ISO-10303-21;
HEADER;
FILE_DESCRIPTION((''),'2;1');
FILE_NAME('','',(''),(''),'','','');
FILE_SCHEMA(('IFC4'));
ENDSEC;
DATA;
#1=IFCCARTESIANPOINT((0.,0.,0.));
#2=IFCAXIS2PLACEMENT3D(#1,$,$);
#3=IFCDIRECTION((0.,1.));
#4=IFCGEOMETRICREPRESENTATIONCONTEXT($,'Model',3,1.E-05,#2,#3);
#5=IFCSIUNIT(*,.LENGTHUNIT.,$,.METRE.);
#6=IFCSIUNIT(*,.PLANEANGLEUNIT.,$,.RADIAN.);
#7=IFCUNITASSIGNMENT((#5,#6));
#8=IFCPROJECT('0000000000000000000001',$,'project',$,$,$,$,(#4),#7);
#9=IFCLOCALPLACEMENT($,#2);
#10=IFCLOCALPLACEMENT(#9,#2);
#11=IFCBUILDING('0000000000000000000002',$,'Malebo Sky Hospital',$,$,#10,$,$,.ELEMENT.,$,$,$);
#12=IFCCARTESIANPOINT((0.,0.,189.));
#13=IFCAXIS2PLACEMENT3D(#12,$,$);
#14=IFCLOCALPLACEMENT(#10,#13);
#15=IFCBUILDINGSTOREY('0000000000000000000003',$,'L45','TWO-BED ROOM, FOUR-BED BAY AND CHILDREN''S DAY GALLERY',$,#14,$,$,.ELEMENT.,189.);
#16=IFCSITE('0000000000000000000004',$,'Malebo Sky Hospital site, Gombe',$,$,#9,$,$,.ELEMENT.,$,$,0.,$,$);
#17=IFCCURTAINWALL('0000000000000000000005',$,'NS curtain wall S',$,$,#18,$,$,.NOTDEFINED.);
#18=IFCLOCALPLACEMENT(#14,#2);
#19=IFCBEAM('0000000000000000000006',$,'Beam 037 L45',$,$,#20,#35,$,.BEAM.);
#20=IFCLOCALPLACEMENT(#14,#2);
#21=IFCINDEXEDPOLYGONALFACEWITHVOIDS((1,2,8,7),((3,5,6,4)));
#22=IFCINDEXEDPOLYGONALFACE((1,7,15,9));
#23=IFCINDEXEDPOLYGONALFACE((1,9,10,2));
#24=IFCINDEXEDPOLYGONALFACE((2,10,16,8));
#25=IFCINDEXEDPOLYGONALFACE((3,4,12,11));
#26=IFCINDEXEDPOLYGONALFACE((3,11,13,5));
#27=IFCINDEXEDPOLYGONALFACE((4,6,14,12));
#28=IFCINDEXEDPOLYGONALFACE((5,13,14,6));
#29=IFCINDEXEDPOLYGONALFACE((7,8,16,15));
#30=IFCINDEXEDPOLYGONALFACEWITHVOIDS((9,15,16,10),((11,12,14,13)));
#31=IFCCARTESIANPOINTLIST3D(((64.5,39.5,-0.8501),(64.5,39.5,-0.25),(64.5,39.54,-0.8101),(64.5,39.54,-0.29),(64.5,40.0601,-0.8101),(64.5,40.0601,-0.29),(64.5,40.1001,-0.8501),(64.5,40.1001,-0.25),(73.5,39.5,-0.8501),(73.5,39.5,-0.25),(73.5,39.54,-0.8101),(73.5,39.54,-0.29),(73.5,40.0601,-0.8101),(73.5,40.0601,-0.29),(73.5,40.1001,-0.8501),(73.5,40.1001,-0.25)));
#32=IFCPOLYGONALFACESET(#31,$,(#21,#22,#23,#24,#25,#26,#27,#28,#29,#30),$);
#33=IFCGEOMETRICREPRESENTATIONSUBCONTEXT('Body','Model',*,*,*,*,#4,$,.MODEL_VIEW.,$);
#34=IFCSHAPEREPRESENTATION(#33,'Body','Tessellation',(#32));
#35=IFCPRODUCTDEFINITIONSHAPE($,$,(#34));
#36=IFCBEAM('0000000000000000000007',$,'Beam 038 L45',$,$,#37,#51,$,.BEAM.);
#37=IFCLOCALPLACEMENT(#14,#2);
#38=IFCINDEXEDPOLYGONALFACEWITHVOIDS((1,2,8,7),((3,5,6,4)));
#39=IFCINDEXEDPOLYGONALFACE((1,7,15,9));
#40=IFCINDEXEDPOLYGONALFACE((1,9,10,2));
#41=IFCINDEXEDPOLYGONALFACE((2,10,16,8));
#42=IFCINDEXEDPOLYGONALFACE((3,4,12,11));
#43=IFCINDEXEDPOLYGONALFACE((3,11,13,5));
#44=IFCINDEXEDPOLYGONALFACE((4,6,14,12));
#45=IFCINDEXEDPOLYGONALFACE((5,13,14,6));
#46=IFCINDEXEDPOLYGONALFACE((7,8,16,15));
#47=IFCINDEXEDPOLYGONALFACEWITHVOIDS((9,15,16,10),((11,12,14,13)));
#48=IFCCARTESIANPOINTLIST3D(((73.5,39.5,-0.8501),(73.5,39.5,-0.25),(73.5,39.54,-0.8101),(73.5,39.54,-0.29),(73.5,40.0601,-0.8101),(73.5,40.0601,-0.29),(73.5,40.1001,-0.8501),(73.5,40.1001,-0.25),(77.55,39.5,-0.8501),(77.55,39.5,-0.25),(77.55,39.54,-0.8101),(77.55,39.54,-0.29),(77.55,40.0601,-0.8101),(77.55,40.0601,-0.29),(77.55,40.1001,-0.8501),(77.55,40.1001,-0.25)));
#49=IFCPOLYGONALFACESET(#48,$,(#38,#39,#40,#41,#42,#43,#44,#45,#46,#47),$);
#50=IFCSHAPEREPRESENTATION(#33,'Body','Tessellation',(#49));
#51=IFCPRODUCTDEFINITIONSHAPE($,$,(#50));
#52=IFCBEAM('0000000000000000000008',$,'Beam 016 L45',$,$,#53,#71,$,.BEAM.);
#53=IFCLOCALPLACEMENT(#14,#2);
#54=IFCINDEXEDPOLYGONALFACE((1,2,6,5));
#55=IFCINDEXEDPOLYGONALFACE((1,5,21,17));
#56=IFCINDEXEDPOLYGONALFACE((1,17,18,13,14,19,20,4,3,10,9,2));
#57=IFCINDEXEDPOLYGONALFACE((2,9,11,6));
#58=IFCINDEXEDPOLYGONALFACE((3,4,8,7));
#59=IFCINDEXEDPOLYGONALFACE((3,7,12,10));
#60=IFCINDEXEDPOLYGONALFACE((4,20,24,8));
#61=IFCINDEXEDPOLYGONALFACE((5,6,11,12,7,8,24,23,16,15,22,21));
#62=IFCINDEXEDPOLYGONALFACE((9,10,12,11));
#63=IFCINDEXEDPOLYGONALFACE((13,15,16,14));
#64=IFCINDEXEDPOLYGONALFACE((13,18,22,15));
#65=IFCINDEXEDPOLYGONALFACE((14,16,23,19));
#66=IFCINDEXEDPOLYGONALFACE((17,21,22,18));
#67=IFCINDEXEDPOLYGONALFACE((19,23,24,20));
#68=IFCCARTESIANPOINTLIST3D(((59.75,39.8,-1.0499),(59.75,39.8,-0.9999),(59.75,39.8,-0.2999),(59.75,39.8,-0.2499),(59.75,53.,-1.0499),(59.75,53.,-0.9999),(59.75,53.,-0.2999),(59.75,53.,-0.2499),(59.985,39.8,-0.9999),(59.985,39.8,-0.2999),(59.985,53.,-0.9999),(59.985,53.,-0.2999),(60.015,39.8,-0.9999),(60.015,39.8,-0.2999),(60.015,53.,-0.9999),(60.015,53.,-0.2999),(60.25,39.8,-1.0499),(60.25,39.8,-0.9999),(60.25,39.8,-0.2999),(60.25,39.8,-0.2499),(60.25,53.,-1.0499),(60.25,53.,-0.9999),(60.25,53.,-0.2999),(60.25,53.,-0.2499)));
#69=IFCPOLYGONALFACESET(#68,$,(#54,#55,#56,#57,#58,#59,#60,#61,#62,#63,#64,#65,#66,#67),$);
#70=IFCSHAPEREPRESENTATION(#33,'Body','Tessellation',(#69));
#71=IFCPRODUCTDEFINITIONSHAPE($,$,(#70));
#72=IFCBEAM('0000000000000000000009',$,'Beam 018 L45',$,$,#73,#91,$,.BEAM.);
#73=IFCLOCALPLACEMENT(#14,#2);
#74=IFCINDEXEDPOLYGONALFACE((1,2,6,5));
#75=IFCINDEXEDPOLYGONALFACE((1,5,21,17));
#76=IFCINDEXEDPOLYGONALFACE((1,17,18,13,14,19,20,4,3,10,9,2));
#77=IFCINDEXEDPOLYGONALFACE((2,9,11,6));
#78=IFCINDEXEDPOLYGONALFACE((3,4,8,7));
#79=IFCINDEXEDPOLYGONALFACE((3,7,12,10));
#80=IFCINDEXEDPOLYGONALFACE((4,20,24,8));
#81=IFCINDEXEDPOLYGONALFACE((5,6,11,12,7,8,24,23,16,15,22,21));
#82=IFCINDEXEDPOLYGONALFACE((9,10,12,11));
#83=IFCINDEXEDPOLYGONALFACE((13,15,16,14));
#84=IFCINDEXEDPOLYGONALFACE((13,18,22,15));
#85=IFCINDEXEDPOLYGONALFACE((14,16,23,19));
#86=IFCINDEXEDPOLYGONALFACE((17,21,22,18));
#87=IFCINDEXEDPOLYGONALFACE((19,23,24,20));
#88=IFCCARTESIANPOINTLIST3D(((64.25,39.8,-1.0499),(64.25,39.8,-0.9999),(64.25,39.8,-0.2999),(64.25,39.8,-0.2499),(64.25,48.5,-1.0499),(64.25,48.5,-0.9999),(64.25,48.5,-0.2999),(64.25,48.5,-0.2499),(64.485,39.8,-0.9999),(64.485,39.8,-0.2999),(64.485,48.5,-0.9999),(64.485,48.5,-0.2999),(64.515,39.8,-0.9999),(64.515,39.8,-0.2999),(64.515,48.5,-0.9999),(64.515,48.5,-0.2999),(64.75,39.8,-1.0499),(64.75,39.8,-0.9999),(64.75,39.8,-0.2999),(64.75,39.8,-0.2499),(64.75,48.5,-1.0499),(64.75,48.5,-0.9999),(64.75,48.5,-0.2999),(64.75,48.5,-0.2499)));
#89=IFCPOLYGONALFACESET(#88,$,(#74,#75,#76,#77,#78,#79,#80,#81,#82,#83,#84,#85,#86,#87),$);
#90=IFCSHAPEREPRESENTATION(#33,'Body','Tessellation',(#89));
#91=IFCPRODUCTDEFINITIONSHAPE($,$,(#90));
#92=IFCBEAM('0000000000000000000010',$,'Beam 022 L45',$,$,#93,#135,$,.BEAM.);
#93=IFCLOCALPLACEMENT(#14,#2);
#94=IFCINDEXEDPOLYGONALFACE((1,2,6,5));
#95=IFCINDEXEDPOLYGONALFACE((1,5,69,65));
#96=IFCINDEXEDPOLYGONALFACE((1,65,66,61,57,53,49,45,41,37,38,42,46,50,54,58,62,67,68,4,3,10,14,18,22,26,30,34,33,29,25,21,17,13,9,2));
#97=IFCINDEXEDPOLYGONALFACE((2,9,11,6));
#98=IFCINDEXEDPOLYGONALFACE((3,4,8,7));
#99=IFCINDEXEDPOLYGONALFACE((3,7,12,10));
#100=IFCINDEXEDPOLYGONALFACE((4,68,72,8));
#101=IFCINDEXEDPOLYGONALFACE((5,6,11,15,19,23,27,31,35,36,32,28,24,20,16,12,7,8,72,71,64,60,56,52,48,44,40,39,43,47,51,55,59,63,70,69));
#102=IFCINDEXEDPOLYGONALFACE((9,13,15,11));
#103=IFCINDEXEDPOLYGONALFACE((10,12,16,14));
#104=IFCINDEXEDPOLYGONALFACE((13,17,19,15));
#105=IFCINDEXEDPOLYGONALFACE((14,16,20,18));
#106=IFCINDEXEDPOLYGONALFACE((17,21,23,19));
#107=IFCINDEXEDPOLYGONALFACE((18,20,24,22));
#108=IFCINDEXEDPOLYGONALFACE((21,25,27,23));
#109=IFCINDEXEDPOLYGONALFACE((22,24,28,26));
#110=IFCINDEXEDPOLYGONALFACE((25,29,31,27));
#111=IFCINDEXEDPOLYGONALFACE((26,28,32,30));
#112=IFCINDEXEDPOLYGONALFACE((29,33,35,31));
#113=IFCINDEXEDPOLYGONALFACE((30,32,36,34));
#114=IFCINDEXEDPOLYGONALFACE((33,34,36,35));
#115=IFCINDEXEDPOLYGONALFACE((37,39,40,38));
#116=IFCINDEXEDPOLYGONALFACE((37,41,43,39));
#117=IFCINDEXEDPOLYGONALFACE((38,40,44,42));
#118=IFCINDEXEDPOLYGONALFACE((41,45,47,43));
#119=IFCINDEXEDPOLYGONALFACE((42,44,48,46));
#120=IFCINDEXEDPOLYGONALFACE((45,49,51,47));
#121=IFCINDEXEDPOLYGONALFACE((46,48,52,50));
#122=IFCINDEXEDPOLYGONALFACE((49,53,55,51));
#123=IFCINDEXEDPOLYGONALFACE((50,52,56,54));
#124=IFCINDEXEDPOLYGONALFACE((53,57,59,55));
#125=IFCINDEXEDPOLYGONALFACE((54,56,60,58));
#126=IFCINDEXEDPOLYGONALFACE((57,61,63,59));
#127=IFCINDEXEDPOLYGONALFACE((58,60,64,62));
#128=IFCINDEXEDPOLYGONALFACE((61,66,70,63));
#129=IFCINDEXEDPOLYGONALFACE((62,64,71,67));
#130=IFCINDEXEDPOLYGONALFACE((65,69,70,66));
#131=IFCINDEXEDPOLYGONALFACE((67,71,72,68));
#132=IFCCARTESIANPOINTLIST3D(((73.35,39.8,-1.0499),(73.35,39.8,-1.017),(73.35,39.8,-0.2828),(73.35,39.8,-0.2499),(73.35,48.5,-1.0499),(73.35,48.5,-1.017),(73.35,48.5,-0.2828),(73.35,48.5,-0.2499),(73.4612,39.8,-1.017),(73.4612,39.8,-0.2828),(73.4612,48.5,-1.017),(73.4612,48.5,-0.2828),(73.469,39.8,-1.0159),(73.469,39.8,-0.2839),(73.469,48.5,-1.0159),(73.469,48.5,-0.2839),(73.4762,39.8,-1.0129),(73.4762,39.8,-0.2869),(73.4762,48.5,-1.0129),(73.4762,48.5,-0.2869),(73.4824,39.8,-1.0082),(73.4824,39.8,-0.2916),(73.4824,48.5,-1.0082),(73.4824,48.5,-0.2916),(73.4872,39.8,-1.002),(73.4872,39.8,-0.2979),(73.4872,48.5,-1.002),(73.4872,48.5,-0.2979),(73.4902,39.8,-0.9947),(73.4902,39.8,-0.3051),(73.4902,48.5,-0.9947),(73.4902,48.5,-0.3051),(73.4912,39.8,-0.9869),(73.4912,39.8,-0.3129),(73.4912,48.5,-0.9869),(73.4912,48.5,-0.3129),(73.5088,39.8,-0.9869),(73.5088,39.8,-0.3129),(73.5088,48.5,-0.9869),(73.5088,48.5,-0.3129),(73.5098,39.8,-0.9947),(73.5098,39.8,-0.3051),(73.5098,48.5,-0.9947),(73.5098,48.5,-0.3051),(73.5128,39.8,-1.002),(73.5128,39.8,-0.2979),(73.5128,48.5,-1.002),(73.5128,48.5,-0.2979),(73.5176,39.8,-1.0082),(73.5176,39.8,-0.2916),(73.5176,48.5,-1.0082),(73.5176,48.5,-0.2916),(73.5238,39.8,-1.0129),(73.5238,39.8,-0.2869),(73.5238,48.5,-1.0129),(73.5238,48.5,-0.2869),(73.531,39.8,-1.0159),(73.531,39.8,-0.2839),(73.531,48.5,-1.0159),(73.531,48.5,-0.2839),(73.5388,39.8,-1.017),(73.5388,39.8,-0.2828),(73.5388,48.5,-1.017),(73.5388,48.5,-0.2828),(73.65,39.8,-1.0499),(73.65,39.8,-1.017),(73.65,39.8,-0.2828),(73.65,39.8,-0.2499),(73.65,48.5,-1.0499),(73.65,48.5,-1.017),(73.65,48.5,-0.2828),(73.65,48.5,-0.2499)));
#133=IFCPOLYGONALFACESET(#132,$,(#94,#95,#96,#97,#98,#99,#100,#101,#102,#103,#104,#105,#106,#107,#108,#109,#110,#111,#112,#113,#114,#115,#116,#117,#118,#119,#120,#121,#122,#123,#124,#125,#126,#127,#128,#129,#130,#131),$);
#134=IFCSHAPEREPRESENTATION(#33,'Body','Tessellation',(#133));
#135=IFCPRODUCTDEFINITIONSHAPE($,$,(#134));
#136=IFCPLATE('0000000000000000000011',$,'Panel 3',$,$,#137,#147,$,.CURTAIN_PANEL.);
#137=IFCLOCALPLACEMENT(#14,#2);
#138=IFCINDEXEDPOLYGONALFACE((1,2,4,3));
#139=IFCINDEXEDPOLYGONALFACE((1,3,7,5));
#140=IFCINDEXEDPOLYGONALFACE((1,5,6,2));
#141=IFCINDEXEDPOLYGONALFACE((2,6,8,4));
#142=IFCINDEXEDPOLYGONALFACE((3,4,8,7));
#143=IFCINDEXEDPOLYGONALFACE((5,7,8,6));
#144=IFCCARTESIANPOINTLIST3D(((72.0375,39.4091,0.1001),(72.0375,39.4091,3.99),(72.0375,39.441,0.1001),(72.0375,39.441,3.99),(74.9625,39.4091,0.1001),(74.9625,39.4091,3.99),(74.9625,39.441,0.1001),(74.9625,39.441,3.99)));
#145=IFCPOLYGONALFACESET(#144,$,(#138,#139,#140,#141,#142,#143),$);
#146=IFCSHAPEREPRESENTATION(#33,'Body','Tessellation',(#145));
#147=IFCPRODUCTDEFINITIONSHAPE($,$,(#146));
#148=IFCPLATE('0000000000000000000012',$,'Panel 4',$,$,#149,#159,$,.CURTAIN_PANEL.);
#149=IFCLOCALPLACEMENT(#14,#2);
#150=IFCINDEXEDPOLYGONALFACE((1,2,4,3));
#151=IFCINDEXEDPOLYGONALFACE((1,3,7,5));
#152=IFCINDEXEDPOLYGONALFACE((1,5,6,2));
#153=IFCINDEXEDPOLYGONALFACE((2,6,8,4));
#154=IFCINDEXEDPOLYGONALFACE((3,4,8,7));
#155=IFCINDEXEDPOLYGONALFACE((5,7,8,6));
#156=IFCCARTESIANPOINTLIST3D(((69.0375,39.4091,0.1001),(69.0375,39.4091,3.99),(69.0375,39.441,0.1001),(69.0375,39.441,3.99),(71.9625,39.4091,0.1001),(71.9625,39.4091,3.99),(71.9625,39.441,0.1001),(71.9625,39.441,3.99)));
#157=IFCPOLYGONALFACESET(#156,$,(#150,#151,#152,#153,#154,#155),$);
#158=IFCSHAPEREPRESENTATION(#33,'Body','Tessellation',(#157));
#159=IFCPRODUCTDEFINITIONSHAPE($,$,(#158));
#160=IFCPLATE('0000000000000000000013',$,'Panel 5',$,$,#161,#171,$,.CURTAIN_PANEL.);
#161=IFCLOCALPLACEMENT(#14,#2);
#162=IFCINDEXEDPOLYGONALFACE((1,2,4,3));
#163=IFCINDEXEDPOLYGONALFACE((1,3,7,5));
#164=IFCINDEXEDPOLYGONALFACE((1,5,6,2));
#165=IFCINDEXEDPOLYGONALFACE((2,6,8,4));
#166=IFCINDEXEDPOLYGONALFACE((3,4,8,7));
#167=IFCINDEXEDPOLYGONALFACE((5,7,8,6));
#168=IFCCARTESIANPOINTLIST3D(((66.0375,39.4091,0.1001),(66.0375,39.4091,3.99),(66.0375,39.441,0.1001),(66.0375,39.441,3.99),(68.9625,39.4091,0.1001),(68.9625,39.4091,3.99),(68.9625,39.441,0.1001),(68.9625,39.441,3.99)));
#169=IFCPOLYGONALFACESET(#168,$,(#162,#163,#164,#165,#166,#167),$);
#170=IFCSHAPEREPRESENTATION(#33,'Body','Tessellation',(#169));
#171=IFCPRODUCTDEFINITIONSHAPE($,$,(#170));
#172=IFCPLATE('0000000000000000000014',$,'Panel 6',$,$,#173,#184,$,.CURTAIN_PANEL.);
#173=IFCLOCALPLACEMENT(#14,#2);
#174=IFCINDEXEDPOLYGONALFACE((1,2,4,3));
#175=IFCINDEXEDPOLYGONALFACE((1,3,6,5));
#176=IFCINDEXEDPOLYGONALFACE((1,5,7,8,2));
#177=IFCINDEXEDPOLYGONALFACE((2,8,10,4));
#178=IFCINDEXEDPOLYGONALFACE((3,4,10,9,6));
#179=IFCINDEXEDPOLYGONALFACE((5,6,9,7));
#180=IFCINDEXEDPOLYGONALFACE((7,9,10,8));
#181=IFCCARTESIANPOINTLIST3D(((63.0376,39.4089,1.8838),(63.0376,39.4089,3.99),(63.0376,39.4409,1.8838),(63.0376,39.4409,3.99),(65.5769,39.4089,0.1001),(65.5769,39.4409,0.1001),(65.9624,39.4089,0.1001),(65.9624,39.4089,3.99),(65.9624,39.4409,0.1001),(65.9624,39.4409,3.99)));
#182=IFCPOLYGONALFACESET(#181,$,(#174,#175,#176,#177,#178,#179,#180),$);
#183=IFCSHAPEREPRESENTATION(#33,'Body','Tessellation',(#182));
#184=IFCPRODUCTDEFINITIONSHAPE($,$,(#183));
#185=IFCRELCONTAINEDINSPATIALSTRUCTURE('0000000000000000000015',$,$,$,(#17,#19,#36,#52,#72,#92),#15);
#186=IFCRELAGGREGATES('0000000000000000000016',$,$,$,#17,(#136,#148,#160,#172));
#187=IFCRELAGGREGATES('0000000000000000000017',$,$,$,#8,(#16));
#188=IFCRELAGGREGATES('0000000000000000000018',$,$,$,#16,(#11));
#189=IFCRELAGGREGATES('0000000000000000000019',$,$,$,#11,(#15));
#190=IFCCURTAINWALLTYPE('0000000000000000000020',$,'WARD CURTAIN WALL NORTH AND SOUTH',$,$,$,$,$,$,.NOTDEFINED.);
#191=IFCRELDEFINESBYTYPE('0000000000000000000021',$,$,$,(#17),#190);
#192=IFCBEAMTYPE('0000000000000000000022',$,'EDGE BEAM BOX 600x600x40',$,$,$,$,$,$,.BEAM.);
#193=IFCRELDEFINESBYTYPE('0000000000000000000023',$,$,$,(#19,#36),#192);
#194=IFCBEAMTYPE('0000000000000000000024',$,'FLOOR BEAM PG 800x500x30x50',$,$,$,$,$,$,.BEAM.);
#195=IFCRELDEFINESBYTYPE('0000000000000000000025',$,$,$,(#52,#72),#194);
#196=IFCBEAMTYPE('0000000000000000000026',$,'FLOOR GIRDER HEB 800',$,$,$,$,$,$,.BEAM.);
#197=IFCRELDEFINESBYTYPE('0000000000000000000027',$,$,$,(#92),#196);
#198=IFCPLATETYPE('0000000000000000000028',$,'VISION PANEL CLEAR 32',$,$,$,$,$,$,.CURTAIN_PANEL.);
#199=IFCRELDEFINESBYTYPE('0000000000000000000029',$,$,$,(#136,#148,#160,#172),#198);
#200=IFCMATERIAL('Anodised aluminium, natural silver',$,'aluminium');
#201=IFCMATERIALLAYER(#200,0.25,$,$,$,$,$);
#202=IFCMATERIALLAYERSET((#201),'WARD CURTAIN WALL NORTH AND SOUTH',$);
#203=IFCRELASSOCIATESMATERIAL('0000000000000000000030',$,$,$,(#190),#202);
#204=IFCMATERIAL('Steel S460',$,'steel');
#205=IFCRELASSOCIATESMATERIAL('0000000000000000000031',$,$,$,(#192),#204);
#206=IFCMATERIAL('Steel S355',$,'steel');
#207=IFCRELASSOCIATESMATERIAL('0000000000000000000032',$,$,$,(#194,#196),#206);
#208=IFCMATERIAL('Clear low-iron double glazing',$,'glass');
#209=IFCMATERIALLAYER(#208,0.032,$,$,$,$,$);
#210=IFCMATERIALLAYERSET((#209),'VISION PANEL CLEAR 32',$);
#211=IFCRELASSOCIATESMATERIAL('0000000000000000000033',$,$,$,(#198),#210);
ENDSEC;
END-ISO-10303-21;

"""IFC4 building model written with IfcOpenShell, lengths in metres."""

from ifc_helpers import new_model, si_unit, direction, frame, origin, origin_2d, place, context, subcontext, project, spatial, polyline, rectangle, hollow_rectangle, i_section, outline, extrude, material, layer, layer_set, material_profile, profile_set, type_object, element, aggregate, save


model = new_model("IFC4")

# Units and contexts
model_context = context("Model", 3, precision=1e-05, world=origin(), true_north=direction((0.0, 1.0)))
body_context = subcontext(model_context, "Body", "Model", "MODEL_VIEW")
ifc_project = project(units=[si_unit("LENGTHUNIT", "METRE"), si_unit("PLANEANGLEUNIT", "RADIAN")], contexts=[model_context])

# Site, building, storey
site_placement = place(None, origin())
site = spatial("IfcSite", under=ifc_project, at=site_placement, Name="Malebo Sky Hospital site, Gombe", CompositionType="ELEMENT", RefElevation=0.0)
building_placement = place(site_placement, origin())
building = spatial("IfcBuilding", under=site, at=building_placement, Name="Malebo Sky Hospital", CompositionType="ELEMENT")
storey_placement = place(building_placement, frame((0.0, 0.0, 189.0)))
storey = spatial("IfcBuildingStorey", under=building, at=storey_placement, Name="L45", Description="TWO-BED ROOM, FOUR-BED BAY AND CHILDREN'S DAY GALLERY", CompositionType="ELEMENT", Elevation=189.0)

# Shared definitions
ifc_material_1 = material(Name="Steel S460", Category="steel")

# Curtain wall
ifc_material_2 = material(Name="Anodised aluminium, natural silver", Category="aluminium")
ifc_layer_1 = layer(ifc_material_2, 0.25)
ifc_layer_set_1 = layer_set([ifc_layer_1], Name="WARD CURTAIN WALL NORTH AND SOUTH")
curtain_wall_type = type_object("IfcCurtainWallType", Name="WARD CURTAIN WALL NORTH AND SOUTH", PredefinedType="NOTDEFINED", material=ifc_layer_set_1)
curtain_wall_placement = place(storey_placement, origin())
curtain_wall = element("IfcCurtainWall", 1, at=curtain_wall_placement, inside=storey, type_object=curtain_wall_type, Name="NS curtain wall S", PredefinedType="NOTDEFINED")

# Shared definitions
ifc_material_3 = material(Name="Steel S355", Category="steel")

# Beams
ifc_material_profile_1 = material_profile(ifc_material_1, hollow_rectangle(XDim=0.6001, YDim=0.6001, WallThickness=0.04, at=origin_2d()), Name="BOX 600x600x40")
ifc_profile_set_1 = profile_set([ifc_material_profile_1], Name="Steel S460")
beam_type_1 = type_object("IfcBeamType", Name="EDGE BEAM BOX 600x600x40", PredefinedType="BEAM", material=ifc_profile_set_1)
beam_1_placement = place(storey_placement, frame((64.5, 39.8, -0.55), z_axis=(1.0, 0.0, 0.0), x_axis=(0.0, 1.0, 0.0)))
element("IfcBeam", 2, at=beam_1_placement, inside=storey, type_object=beam_type_1, Name="Beam 037 L45", PredefinedType="BEAM", context=body_context, shape_type="SweptSolid", body=[
    extrude(hollow_rectangle(XDim=0.6001, YDim=0.6001, WallThickness=0.04, at=origin_2d()), origin(), (0.0, 0.0, 1.0), 9.0),
])
beam_2_placement = place(storey_placement, frame((73.5, 39.8, -0.55), z_axis=(1.0, 0.0, 0.0), x_axis=(0.0, 1.0, 0.0)))
element("IfcBeam", 3, at=beam_2_placement, inside=storey, type_object=beam_type_1, Name="Beam 038 L45", PredefinedType="BEAM", context=body_context, shape_type="SweptSolid", body=[
    extrude(hollow_rectangle(XDim=0.6001, YDim=0.6001, WallThickness=0.04, at=origin_2d()), origin(), (0.0, 0.0, 1.0), 4.05),
])
ifc_material_profile_2 = material_profile(ifc_material_3, i_section(OverallWidth=0.5, OverallDepth=0.8, WebThickness=0.03, FlangeThickness=0.05, at=origin_2d()), Name="PG 800x500x30x50")
ifc_profile_set_2 = profile_set([ifc_material_profile_2], Name="Steel S355")
beam_type_2 = type_object("IfcBeamType", Name="FLOOR BEAM PG 800x500x30x50", PredefinedType="BEAM", material=ifc_profile_set_2)
beam_3_placement = place(storey_placement, frame((60.0, 39.8, -0.6499), z_axis=(0.0, 1.0, 0.0), x_axis=(-1.0, 0.0, 0.0)))
element("IfcBeam", 4, at=beam_3_placement, inside=storey, type_object=beam_type_2, Name="Beam 016 L45", PredefinedType="BEAM", context=body_context, shape_type="SweptSolid", body=[
    extrude(i_section(OverallWidth=0.5, OverallDepth=0.8, WebThickness=0.03, FlangeThickness=0.05, at=origin_2d()), origin(), (0.0, 0.0, 1.0), 13.2),
])
beam_4_placement = place(storey_placement, frame((64.5, 39.8, -0.6499), z_axis=(0.0, 1.0, 0.0), x_axis=(-1.0, 0.0, 0.0)))
element("IfcBeam", 5, at=beam_4_placement, inside=storey, type_object=beam_type_2, Name="Beam 018 L45", PredefinedType="BEAM", context=body_context, shape_type="SweptSolid", body=[
    extrude(i_section(OverallWidth=0.5, OverallDepth=0.8, WebThickness=0.03, FlangeThickness=0.05, at=origin_2d()), origin(), (0.0, 0.0, 1.0), 8.7),
])
ifc_material_profile_3 = material_profile(ifc_material_3, i_section(OverallWidth=0.3, OverallDepth=0.8, WebThickness=0.0176, FlangeThickness=0.033, FilletRadius=0.03, at=origin_2d()), Name="HEB 800")
ifc_profile_set_3 = profile_set([ifc_material_profile_3], Name="Steel S355")
beam_type_3 = type_object("IfcBeamType", Name="FLOOR GIRDER HEB 800", PredefinedType="BEAM", material=ifc_profile_set_3)
beam_5_placement = place(storey_placement, frame((73.5, 39.8, -0.6499), z_axis=(0.0, 1.0, 0.0), x_axis=(-1.0, 0.0, 0.0)))
element("IfcBeam", 6, at=beam_5_placement, inside=storey, type_object=beam_type_3, Name="Beam 022 L45", PredefinedType="BEAM", context=body_context, shape_type="SweptSolid", body=[
    extrude(i_section(OverallWidth=0.3, OverallDepth=0.8, WebThickness=0.0176, FlangeThickness=0.033, FilletRadius=0.03, at=origin_2d()), origin(), (0.0, 0.0, 1.0), 8.7),
])

# Plates
ifc_material_4 = material(Name="Clear low-iron double glazing", Category="glass")
ifc_layer_2 = layer(ifc_material_4, 0.032)
ifc_layer_set_2 = layer_set([ifc_layer_2], Name="VISION PANEL CLEAR 32")
plate_type = type_object("IfcPlateType", Name="VISION PANEL CLEAR 32", PredefinedType="CURTAIN_PANEL", material=ifc_layer_set_2)
plate_1_placement = place(storey_placement, frame((73.5, 39.425, 0.1001), z_axis=(0.0, 0.0, 1.0), x_axis=(-1.0, 0.0, 0.0)))
plate_1 = element("IfcPlate", 7, at=plate_1_placement, type_object=plate_type, Name="Panel 3", PredefinedType="CURTAIN_PANEL", context=body_context, shape_type="SweptSolid", body=[
    extrude(rectangle(XDim=2.925, YDim=0.032, at=origin_2d()), origin(), (0.0, 0.0, 1.0), 3.8899),
])
plate_2_placement = place(storey_placement, frame((70.5, 39.425, 0.1001), z_axis=(0.0, 0.0, 1.0), x_axis=(-1.0, 0.0, 0.0)))
plate_2 = element("IfcPlate", 8, at=plate_2_placement, type_object=plate_type, Name="Panel 4", PredefinedType="CURTAIN_PANEL", context=body_context, shape_type="SweptSolid", body=[
    extrude(rectangle(XDim=2.925, YDim=0.032, at=origin_2d()), origin(), (0.0, 0.0, 1.0), 3.8899),
])
plate_3_placement = place(storey_placement, frame((67.5, 39.425, 0.1001), z_axis=(0.0, 0.0, 1.0), x_axis=(-1.0, 0.0, 0.0)))
plate_3 = element("IfcPlate", 9, at=plate_3_placement, type_object=plate_type, Name="Panel 5", PredefinedType="CURTAIN_PANEL", context=body_context, shape_type="SweptSolid", body=[
    extrude(rectangle(XDim=2.925, YDim=0.032, at=origin_2d()), origin(), (0.0, 0.0, 1.0), 3.8899),
])
plate_4_placement = place(storey_placement, frame((64.5, 39.425, 0.1001), z_axis=(0.0, 0.0, 1.0), x_axis=(-1.0, 0.0, 0.0)))
plate_4 = element("IfcPlate", 10, at=plate_4_placement, type_object=plate_type, Name="Panel 6", PredefinedType="CURTAIN_PANEL", context=body_context, shape_type="SweptSolid", body=[
    extrude(outline(polyline([(-1.4624, 0.0), (-1.0769, 0.0), (1.4624, 1.7837), (1.4624, 3.8899), (-1.4624, 3.8899), (-1.4624, 0.0)])), frame((0.0, 0.0161, 0.0), z_axis=(0.0, -1.0, 0.0), x_axis=(1.0, 0.0, 0.0)), (0.0, 0.0, 1.0), 0.032),
])
aggregate(curtain_wall, [plate_1, plate_2, plate_3, plate_4])

save(model, "model.ifc")
